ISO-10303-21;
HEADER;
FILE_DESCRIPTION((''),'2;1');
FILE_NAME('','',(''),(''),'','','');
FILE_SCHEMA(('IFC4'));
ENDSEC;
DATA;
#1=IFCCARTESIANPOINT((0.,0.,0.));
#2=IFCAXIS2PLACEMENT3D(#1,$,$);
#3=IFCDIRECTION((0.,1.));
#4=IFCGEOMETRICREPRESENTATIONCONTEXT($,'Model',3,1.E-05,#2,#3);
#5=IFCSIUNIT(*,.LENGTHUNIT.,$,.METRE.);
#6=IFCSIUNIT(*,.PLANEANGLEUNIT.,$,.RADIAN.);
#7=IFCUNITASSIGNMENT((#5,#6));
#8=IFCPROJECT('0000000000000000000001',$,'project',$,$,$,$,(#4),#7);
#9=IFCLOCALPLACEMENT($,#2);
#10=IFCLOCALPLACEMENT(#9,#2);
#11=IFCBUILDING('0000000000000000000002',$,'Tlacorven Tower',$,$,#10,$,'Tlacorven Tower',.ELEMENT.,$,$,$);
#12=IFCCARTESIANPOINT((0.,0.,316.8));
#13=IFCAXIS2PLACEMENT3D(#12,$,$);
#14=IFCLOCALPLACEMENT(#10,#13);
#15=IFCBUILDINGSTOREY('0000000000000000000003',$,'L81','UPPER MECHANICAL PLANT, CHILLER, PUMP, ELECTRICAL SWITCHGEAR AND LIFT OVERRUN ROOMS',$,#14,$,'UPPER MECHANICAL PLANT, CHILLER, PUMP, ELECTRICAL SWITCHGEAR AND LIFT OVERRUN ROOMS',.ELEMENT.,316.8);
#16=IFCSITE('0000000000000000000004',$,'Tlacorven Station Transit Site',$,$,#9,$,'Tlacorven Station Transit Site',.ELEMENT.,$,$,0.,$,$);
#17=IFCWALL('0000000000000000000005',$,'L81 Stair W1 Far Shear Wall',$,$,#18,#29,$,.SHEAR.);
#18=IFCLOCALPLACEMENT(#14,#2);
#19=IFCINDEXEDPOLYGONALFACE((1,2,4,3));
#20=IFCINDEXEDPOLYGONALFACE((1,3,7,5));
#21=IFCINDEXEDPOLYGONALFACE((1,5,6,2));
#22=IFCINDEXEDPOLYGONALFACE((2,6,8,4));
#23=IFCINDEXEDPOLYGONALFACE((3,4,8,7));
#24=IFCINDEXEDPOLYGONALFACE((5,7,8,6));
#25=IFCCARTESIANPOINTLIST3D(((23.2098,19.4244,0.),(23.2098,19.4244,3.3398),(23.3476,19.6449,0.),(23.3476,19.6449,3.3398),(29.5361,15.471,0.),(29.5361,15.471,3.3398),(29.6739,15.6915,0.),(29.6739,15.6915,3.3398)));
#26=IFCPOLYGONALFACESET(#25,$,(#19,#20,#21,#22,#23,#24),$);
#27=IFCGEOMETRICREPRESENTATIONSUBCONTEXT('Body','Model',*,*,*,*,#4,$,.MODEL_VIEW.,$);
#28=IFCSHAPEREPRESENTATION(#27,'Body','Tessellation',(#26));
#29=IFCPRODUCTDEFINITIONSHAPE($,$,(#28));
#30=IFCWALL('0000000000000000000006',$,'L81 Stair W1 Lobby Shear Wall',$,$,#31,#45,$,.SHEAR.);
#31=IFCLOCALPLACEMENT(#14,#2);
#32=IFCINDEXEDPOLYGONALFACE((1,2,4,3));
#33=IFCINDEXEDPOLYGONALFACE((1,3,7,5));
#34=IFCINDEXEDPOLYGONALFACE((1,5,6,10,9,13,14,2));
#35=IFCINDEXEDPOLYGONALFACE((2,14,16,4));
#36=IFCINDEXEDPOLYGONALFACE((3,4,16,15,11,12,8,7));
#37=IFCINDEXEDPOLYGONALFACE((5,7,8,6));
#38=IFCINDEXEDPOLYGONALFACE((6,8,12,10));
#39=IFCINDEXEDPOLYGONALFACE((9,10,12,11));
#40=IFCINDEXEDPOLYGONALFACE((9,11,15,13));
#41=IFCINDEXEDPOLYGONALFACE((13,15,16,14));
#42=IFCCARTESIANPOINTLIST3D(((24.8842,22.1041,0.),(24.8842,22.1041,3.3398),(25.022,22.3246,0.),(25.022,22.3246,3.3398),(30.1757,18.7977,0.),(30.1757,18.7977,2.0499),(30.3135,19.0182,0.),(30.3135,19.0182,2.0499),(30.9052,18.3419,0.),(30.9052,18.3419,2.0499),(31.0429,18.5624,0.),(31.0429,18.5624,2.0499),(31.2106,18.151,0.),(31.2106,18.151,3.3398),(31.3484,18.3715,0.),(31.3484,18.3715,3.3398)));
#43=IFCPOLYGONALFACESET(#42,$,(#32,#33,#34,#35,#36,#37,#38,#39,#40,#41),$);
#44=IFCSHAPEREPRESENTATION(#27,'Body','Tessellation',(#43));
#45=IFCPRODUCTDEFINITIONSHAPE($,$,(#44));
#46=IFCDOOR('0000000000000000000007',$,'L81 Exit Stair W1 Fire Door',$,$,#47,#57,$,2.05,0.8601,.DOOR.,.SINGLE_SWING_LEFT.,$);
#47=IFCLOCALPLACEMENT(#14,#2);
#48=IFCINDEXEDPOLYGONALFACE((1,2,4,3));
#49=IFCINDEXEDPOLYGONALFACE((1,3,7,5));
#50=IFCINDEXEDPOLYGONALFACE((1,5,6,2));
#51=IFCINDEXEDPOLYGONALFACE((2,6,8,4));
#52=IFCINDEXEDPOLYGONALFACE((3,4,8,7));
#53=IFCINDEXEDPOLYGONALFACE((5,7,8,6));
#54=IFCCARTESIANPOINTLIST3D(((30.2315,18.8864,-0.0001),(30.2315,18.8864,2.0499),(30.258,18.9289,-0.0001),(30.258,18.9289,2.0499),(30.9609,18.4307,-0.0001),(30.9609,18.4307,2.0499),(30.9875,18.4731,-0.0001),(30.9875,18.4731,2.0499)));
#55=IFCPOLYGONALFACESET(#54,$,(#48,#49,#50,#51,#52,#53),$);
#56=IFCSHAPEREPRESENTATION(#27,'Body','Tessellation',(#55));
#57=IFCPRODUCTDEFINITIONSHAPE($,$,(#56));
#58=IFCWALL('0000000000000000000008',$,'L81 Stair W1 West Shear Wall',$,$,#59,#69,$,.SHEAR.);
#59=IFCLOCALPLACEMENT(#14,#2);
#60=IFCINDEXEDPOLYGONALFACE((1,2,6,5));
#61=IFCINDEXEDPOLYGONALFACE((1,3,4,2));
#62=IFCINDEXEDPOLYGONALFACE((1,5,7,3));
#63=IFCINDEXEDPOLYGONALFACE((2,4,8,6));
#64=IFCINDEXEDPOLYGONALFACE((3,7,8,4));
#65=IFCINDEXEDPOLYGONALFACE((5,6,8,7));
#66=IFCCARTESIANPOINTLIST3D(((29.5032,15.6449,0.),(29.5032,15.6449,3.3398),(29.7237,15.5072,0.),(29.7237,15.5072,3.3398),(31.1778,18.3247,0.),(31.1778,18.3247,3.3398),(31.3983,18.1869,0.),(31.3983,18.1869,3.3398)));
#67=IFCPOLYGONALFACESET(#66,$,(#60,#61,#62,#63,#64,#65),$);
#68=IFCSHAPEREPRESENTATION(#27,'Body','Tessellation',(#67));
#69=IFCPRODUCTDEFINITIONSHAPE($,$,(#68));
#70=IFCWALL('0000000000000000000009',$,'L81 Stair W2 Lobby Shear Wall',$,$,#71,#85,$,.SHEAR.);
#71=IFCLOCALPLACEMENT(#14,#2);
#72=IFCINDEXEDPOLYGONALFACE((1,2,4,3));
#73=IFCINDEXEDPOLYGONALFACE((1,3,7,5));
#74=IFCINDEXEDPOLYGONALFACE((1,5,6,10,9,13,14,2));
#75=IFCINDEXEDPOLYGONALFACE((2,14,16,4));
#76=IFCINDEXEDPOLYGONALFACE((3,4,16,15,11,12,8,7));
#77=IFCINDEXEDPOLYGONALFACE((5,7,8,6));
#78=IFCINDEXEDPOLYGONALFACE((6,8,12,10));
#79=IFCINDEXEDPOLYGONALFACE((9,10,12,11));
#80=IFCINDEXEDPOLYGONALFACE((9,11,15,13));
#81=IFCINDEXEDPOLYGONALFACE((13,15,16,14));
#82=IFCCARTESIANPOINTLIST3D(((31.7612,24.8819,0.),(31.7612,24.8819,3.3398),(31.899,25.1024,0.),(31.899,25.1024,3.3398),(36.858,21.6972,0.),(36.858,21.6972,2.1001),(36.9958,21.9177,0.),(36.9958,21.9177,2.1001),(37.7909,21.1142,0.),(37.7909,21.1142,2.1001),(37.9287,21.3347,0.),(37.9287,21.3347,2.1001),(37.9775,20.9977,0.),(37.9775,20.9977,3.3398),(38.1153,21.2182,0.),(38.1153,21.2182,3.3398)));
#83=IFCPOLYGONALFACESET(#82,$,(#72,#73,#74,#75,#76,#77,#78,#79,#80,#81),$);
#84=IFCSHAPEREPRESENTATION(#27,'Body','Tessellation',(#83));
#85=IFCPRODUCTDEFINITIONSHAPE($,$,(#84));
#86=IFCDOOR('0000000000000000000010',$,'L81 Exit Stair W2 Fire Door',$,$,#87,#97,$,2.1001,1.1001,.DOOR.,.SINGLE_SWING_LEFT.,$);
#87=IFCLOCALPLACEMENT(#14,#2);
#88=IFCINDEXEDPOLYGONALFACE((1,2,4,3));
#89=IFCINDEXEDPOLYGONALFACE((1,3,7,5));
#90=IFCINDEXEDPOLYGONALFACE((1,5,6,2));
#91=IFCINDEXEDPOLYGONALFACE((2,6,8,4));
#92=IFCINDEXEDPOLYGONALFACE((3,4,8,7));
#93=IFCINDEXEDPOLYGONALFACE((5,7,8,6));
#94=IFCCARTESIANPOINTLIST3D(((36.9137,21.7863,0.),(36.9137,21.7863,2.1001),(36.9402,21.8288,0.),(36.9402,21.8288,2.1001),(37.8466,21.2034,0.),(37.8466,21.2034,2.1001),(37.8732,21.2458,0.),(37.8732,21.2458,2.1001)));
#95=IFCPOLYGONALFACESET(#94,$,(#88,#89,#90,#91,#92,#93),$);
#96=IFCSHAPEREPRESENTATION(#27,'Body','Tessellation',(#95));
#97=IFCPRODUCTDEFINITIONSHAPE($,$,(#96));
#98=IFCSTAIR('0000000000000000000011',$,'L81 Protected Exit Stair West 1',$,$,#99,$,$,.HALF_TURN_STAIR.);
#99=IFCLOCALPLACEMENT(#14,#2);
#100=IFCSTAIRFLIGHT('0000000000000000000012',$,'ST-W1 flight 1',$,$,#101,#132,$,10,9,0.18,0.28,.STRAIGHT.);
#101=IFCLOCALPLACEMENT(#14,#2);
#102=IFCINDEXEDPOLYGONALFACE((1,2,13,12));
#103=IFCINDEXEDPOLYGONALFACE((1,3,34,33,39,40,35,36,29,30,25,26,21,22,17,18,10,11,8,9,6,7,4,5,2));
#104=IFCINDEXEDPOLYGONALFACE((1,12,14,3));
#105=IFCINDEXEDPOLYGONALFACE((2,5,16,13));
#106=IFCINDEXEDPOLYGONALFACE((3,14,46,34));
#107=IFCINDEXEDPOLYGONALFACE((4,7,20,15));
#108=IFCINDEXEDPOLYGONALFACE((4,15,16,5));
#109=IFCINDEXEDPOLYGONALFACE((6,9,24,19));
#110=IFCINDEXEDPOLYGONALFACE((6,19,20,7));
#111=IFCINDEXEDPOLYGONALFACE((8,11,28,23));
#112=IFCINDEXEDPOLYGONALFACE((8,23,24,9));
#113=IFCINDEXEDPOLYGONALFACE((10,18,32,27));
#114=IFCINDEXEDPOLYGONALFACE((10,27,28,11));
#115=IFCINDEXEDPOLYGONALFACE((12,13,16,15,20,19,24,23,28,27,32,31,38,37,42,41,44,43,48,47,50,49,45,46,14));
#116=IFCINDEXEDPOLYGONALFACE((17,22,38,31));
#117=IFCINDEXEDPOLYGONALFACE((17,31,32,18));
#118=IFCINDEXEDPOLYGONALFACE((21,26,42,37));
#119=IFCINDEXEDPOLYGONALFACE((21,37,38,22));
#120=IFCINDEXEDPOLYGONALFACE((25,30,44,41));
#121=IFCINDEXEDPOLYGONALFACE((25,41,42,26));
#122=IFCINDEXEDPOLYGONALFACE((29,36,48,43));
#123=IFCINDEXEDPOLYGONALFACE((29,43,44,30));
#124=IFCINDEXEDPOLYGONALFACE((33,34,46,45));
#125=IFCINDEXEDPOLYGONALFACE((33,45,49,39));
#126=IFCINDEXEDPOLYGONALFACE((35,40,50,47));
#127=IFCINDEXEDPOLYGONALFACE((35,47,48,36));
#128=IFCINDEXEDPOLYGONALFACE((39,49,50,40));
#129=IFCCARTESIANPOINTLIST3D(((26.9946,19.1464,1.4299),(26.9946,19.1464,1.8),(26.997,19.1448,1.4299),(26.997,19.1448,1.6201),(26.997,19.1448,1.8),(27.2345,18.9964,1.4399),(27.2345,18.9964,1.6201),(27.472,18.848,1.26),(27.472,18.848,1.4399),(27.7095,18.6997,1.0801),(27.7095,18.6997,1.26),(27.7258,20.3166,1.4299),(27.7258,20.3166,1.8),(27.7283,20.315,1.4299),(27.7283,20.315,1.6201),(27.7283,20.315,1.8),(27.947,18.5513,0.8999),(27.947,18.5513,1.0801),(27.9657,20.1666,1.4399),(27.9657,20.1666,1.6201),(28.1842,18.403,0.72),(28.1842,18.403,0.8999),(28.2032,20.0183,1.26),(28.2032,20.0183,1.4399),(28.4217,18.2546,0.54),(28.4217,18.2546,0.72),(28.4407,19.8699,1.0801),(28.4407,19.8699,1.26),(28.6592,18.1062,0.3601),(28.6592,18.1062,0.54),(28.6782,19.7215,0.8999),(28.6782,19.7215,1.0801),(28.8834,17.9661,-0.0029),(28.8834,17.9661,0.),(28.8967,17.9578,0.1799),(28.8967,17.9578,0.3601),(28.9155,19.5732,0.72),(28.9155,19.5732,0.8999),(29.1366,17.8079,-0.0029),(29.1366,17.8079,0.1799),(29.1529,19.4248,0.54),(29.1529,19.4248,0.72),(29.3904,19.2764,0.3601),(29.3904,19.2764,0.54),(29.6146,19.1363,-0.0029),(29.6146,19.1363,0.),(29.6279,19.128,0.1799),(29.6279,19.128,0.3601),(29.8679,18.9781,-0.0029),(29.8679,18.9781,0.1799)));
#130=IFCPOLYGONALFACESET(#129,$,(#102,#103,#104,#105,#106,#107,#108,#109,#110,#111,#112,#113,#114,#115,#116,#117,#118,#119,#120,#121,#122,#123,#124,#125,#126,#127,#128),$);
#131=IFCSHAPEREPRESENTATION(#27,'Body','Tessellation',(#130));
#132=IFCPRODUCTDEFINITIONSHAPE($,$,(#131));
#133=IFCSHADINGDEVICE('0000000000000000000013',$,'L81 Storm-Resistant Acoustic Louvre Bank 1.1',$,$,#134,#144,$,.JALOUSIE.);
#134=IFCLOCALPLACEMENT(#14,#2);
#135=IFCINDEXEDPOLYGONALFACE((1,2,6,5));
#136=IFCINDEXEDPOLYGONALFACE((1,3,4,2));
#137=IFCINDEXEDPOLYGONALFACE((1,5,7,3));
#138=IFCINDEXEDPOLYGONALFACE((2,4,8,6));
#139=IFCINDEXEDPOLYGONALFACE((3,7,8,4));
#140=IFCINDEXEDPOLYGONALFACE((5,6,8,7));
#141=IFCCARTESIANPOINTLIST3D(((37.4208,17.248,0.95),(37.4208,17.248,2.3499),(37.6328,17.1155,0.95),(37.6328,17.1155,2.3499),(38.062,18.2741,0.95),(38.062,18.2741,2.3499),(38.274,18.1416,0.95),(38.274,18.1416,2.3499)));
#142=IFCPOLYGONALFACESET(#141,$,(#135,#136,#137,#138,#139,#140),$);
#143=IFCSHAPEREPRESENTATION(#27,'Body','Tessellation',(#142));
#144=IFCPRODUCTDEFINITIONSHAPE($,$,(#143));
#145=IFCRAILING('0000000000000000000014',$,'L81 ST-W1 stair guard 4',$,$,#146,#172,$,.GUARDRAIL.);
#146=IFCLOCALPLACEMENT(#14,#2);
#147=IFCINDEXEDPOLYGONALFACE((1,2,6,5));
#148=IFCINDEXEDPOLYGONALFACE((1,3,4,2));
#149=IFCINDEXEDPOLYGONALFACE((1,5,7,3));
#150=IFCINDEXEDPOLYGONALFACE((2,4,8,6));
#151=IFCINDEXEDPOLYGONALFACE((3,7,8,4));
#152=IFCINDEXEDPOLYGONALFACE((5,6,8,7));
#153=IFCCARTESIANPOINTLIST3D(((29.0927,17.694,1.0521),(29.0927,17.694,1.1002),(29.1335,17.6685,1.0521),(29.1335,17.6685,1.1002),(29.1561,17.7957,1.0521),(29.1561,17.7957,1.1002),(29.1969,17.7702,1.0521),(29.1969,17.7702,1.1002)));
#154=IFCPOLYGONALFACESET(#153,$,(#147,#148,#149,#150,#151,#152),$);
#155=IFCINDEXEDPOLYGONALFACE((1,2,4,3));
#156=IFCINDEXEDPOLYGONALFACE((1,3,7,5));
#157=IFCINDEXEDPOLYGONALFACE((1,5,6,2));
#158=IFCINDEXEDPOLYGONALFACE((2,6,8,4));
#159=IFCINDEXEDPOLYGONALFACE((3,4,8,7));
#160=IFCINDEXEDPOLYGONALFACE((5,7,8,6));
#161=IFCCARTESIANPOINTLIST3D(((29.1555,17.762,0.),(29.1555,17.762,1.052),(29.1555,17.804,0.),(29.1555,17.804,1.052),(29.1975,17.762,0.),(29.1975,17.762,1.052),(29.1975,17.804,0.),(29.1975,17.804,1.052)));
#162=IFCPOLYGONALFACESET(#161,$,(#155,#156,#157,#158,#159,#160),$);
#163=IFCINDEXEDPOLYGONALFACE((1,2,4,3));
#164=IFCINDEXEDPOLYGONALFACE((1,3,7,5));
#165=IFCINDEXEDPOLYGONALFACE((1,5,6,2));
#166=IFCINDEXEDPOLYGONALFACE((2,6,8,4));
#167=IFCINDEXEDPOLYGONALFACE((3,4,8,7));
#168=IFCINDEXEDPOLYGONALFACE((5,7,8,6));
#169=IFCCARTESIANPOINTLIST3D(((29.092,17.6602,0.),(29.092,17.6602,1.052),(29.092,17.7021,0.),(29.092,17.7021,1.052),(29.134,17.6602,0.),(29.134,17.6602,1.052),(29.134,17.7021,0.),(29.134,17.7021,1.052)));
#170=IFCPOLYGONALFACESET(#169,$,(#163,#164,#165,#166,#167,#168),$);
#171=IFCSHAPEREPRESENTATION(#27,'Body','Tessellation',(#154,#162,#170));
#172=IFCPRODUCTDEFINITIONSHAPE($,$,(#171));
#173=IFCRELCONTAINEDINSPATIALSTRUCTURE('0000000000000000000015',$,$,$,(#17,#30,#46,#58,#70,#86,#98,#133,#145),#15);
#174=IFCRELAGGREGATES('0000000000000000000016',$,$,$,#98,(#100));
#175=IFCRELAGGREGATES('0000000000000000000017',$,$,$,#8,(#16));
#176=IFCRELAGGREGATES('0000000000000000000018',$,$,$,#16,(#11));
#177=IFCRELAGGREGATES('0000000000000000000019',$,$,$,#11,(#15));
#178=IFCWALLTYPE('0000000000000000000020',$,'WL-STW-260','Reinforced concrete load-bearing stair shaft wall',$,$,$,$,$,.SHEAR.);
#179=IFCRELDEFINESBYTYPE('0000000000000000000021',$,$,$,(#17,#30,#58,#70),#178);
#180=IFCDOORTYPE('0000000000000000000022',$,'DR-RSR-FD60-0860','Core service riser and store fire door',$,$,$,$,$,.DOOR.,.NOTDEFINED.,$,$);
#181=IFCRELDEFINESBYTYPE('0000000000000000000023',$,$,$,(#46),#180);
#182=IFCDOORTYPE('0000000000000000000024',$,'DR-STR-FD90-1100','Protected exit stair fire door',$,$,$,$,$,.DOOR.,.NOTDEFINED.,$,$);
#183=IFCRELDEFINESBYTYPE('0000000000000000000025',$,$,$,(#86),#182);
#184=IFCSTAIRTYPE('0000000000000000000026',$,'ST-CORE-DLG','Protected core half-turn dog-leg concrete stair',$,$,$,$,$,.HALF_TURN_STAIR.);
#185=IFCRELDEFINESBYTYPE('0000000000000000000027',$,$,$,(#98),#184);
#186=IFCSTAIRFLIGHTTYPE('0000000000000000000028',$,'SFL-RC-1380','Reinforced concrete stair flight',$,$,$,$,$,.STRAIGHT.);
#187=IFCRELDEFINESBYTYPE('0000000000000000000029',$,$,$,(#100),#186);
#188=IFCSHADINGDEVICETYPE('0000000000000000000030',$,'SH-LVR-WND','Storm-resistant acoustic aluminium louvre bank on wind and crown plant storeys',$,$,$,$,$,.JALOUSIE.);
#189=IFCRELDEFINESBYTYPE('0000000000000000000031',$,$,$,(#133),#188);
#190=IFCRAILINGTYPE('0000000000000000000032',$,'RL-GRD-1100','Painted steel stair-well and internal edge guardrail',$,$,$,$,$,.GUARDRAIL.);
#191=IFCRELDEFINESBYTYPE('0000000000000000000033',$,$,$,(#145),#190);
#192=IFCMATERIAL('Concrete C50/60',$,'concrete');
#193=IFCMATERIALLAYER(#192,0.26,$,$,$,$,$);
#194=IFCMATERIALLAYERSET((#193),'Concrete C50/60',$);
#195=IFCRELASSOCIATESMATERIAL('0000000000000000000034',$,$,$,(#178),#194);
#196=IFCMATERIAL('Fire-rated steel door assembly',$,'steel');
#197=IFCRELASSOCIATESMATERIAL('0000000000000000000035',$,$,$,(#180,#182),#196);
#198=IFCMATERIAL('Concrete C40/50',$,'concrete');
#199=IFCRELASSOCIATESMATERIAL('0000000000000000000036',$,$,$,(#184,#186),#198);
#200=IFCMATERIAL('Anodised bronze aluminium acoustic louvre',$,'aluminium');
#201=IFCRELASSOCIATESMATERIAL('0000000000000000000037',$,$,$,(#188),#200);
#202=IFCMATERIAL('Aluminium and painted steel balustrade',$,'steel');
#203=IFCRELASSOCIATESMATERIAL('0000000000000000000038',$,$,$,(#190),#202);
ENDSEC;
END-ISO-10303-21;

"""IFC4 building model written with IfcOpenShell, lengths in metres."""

from ifc_helpers import new_model, si_unit, direction, frame, frame_2d, origin, origin_2d, place, context, subcontext, project, spatial, polyline, rectangle, outline, extrude, source, transform, mapped, material, layer, layer_set, type_object, element, fill, aggregate, save


model = new_model("IFC4")

# Units and contexts
model_context = context("Model", 3, precision=1e-05, world=origin(), true_north=direction((0.0, 1.0)))
body_context = subcontext(model_context, "Body", "Model", "MODEL_VIEW")
ifc_project = project(units=[si_unit("LENGTHUNIT", "METRE"), si_unit("PLANEANGLEUNIT", "RADIAN")], contexts=[model_context])

# Site, building, storey
site_placement = place(None, origin())
site = spatial("IfcSite", under=ifc_project, at=site_placement, Name="Tlacorven Station Transit Site", LongName="Tlacorven Station Transit Site", CompositionType="ELEMENT", RefElevation=0.0)
building_placement = place(site_placement, origin())
building = spatial("IfcBuilding", under=site, at=building_placement, Name="Tlacorven Tower", LongName="Tlacorven Tower", CompositionType="ELEMENT")
storey_placement = place(building_placement, frame((0.0, 0.0, 316.8)))
storey = spatial("IfcBuildingStorey", under=building, at=storey_placement, Name="L81", Description="UPPER MECHANICAL PLANT, CHILLER, PUMP, ELECTRICAL SWITCHGEAR AND LIFT OVERRUN ROOMS", LongName="UPPER MECHANICAL PLANT, CHILLER, PUMP, ELECTRICAL SWITCHGEAR AND LIFT OVERRUN ROOMS", CompositionType="ELEMENT", Elevation=316.8)

# Shared definitions
ifc_material_1 = material(Name="Concrete C50/60", Category="concrete")

# Shared definitions
ifc_material_2 = material(Name="Concrete C40/50", Category="concrete")
ifc_material_3 = material(Name="Fire-rated steel door assembly", Category="steel")

# Wall
ifc_layer_1 = layer(ifc_material_1, 0.26)
ifc_layer_set_1 = layer_set([ifc_layer_1], Name="Concrete C50/60")
wall_type_1 = type_object("IfcWallType", Name="WL-STW-260", Description="Reinforced concrete load-bearing stair shaft wall", PredefinedType="SHEAR", material=ifc_layer_set_1)
wall_1_placement = place(storey_placement, frame((29.605, 15.5813, 0.0), z_axis=(0.0, 0.0, 1.0), x_axis=(-0.848037, 0.529937, 0.0)))
element("IfcWall", 1, at=wall_1_placement, inside=storey, type_object=wall_type_1, Name="L81 Stair W1 Far Shear Wall", PredefinedType="SHEAR", context=body_context, shape_type="SweptSolid", body=[
    extrude(rectangle(XDim=7.46, YDim=0.26, at=frame_2d((3.73, 0.0))), origin(), (0.0, 0.0, 1.0), 3.3398),
])

# Wall, opening, door
wall_2_placement = place(storey_placement, frame((31.2795, 18.2612, 0.0), z_axis=(0.0, 0.0, 1.0), x_axis=(-0.848052, 0.529914, 0.0)))
wall_2 = element("IfcWall", 2, at=wall_2_placement, inside=storey, type_object=wall_type_1, Name="L81 Stair W1 Lobby Shear Wall", PredefinedType="SHEAR", context=body_context, shape_type="SweptSolid", body=[
    extrude(rectangle(XDim=7.46, YDim=0.26, at=frame_2d((3.73, 0.0))), origin(), (0.0, 0.0, 1.0), 3.3398),
])
opening_1_placement = place(wall_2_placement, frame((0.3601, 0.0, 0.0)))
opening_1 = element("IfcOpeningElement", 3, at=opening_1_placement, cuts=wall_2, PredefinedType="OPENING", context=body_context, shape_type="SweptSolid", body=[
    extrude(rectangle(XDim=0.8601, YDim=2.05, at=frame_2d((0.4302, 1.0249))), frame((0.0, 0.1401, 0.0), z_axis=(0.0, -1.0, 0.0), x_axis=(1.0, 0.0, 0.0)), (0.0, 0.0, 1.0), 0.28),
])
door_type_1 = type_object("IfcDoorType", Name="DR-RSR-FD60-0860", Description="Core service riser and store fire door", OperationType="NOTDEFINED", PredefinedType="DOOR", material=ifc_material_3)
shared_shape_1 = source(origin(), body_context, "Body", "SweptSolid", [
    extrude(rectangle(XDim=0.8601, YDim=2.05, at=frame_2d((0.4302, 1.0249))), frame((0.0, 0.0249, 0.0), z_axis=(0.0, -1.0, 0.0), x_axis=(1.0, 0.0, 0.0)), (0.0, 0.0, 1.0), 0.05),
])
door_1_placement = place(opening_1_placement, frame((0.8601, 0.0, 0.0), z_axis=(0.0, 0.0, 1.0), x_axis=(-1.0, 0.0, 0.0)))
door_1 = element("IfcDoor", 4, at=door_1_placement, inside=storey, type_object=door_type_1, Name="L81 Exit Stair W1 Fire Door", OperationType="SINGLE_SWING_LEFT", OverallHeight=2.05, OverallWidth=0.8601, PredefinedType="DOOR", context=body_context, shape_type="MappedRepresentation", body=[
    mapped(shared_shape_1, transform((0.0, 0.0, 0.0), scale=1.0)),
])
fill(opening_1, door_1)

# Wall
wall_3_placement = place(storey_placement, frame((31.2881, 18.2559, 0.0), z_axis=(0.0, 0.0, 1.0), x_axis=(-0.529943, -0.848033, 0.0)))
element("IfcWall", 5, at=wall_3_placement, inside=storey, type_object=wall_type_1, Name="L81 Stair W1 West Shear Wall", PredefinedType="SHEAR", context=body_context, shape_type="SweptSolid", body=[
    extrude(rectangle(XDim=3.1599, YDim=0.26, at=frame_2d((1.5801, 0.0))), origin(), (0.0, 0.0, 1.0), 3.3398),
])

# Wall, opening, door
wall_4_placement = place(storey_placement, frame((38.0464, 21.1079, 0.0), z_axis=(0.0, 0.0, 1.0), x_axis=(-0.848054, 0.529909, 0.0)))
wall_4 = element("IfcWall", 6, at=wall_4_placement, inside=storey, type_object=wall_type_1, Name="L81 Stair W2 Lobby Shear Wall", PredefinedType="SHEAR", context=body_context, shape_type="SweptSolid", body=[
    extrude(rectangle(XDim=7.3301, YDim=0.26, at=frame_2d((3.665, 0.0))), origin(), (0.0, 0.0, 1.0), 3.3398),
])
opening_2_placement = place(wall_4_placement, frame((0.22, 0.0, 0.0)))
opening_2 = element("IfcOpeningElement", 7, at=opening_2_placement, cuts=wall_4, PredefinedType="OPENING", context=body_context, shape_type="SweptSolid", body=[
    extrude(rectangle(XDim=1.1001, YDim=2.1001, at=frame_2d((0.55, 1.05))), frame((0.0, 0.1401, 0.0), z_axis=(0.0, -1.0, 0.0), x_axis=(1.0, 0.0, 0.0)), (0.0, 0.0, 1.0), 0.28),
])
door_type_2 = type_object("IfcDoorType", Name="DR-STR-FD90-1100", Description="Protected exit stair fire door", OperationType="NOTDEFINED", PredefinedType="DOOR", material=ifc_material_3)
shared_shape_2 = source(origin(), body_context, "Body", "SweptSolid", [
    extrude(rectangle(XDim=1.1001, YDim=2.1001, at=frame_2d((0.55, 1.05))), frame((0.0, 0.0249, 0.0), z_axis=(0.0, -1.0, 0.0), x_axis=(1.0, 0.0, 0.0)), (0.0, 0.0, 1.0), 0.05),
])
door_2_placement = place(opening_2_placement, origin())
door_2 = element("IfcDoor", 8, at=door_2_placement, inside=storey, type_object=door_type_2, Name="L81 Exit Stair W2 Fire Door", OperationType="SINGLE_SWING_LEFT", OverallHeight=2.1001, OverallWidth=1.1001, PredefinedType="DOOR", context=body_context, shape_type="MappedRepresentation", body=[
    mapped(shared_shape_2, transform((0.0, 0.0, 0.0), scale=1.0)),
])
fill(opening_2, door_2)

# Stair, stair flight
stair_type = type_object("IfcStairType", Name="ST-CORE-DLG", Description="Protected core half-turn dog-leg concrete stair", PredefinedType="HALF_TURN_STAIR", material=ifc_material_2)
stair_placement = place(storey_placement, origin())
stair = element("IfcStair", 9, at=stair_placement, inside=storey, type_object=stair_type, Name="L81 Protected Exit Stair West 1", PredefinedType="HALF_TURN_STAIR")
stair_flight_type = type_object("IfcStairFlightType", Name="SFL-RC-1380", Description="Reinforced concrete stair flight", PredefinedType="STRAIGHT", material=ifc_material_2)
shared_shape_3 = source(origin(), body_context, "Body", "SweptSolid", [
    extrude(outline(polyline([(-0.0029, -0.0029), (-0.0029, 0.1799), (0.28, 0.1799), (0.28, 0.3601), (0.5601, 0.3601), (0.5601, 0.54), (0.8401, 0.54), (0.8401, 0.72), (1.1201, 0.72), (1.1201, 0.8999), (1.3999, 0.8999), (1.3999, 1.0801), (1.6799, 1.0801), (1.6799, 1.26), (1.96, 1.26), (1.96, 1.4399), (2.24, 1.4399), (2.24, 1.6201), (2.52, 1.6201), (2.52, 1.8), (2.5229, 1.8), (2.5229, 1.4299), (2.52, 1.4299), (0.2957, 0.0), (0.2957, -0.0029), (-0.0029, -0.0029)])), frame((0.0, 0.6899, 0.0), z_axis=(0.0, -1.0, 0.0), x_axis=(1.0, 0.0, 0.0)), (0.0, 0.0, 1.0), 1.3799),
])
stair_flight_placement = place(storey_placement, frame((29.4998, 18.3945, 0.0), z_axis=(0.0, 0.0, 1.0), x_axis=(-0.848048, 0.529919, 0.0)))
stair_flight = element("IfcStairFlight", 10, at=stair_flight_placement, type_object=stair_flight_type, Name="ST-W1 flight 1", NumberOfRisers=10, NumberOfTreads=9, PredefinedType="STRAIGHT", RiserHeight=0.18, TreadLength=0.28, context=body_context, shape_type="MappedRepresentation", body=[
    mapped(shared_shape_3, transform((0.0, 0.0, 0.0), scale=1.0)),
])
aggregate(stair, [stair_flight])

# Shading device
ifc_material_4 = material(Name="Anodised bronze aluminium acoustic louvre", Category="aluminium")
shading_device_type = type_object("IfcShadingDeviceType", Name="SH-LVR-WND", Description="Storm-resistant acoustic aluminium louvre bank on wind and crown plant storeys", PredefinedType="JALOUSIE", material=ifc_material_4)
shared_shape_4 = source(origin(), body_context, "Body", "SweptSolid", [
    extrude(rectangle(XDim=1.21, YDim=0.25, at=origin_2d()), origin(), (0.0, 0.0, 1.0), 1.3999),
])
shading_device_placement = place(storey_placement, frame((37.8474, 17.6948, 0.95), z_axis=(0.0, 0.0, 1.0), x_axis=(-0.529919, -0.848048, 0.0)))
element("IfcShadingDevice", 11, at=shading_device_placement, inside=storey, type_object=shading_device_type, Name="L81 Storm-Resistant Acoustic Louvre Bank 1.1", PredefinedType="JALOUSIE", context=body_context, shape_type="MappedRepresentation", body=[
    mapped(shared_shape_4, transform((0.0, 0.0, 0.0), scale=1.0)),
])

# Railing
ifc_material_5 = material(Name="Aluminium and painted steel balustrade", Category="steel")
railing_type_1 = type_object("IfcRailingType", Name="RL-GRD-1100", Description="Painted steel stair-well and internal edge guardrail", PredefinedType="GUARDRAIL", material=ifc_material_5)
shared_shape_5 = source(origin(), body_context, "Body", "SweptSolid", [
    extrude(rectangle(XDim=0.0481, YDim=0.0481, at=origin_2d()), frame((0.0, 0.0, 1.0762), z_axis=(-0.529084, -0.848569, 0.0), x_axis=(0.848569, -0.529084, 0.0)), (0.0, 0.0, 1.0), 0.1199),
    extrude(rectangle(XDim=0.042, YDim=0.042, at=origin_2d()), origin(), (0.0, 0.0, 1.0), 1.052),
    extrude(rectangle(XDim=0.042, YDim=0.042, at=origin_2d()), frame((-0.0635, -0.1018, 0.0)), (0.0, 0.0, 1.0), 1.052),
])
railing_1_placement = place(storey_placement, frame((29.1765, 17.783, 0.0)))
element("IfcRailing", 12, at=railing_1_placement, inside=storey, type_object=railing_type_1, Name="L81 ST-W1 stair guard 4", PredefinedType="GUARDRAIL", context=body_context, shape_type="MappedRepresentation", body=[
    mapped(shared_shape_5, transform((0.0, 0.0, 0.0), scale=1.0)),
])

save(model, "model.ifc")
